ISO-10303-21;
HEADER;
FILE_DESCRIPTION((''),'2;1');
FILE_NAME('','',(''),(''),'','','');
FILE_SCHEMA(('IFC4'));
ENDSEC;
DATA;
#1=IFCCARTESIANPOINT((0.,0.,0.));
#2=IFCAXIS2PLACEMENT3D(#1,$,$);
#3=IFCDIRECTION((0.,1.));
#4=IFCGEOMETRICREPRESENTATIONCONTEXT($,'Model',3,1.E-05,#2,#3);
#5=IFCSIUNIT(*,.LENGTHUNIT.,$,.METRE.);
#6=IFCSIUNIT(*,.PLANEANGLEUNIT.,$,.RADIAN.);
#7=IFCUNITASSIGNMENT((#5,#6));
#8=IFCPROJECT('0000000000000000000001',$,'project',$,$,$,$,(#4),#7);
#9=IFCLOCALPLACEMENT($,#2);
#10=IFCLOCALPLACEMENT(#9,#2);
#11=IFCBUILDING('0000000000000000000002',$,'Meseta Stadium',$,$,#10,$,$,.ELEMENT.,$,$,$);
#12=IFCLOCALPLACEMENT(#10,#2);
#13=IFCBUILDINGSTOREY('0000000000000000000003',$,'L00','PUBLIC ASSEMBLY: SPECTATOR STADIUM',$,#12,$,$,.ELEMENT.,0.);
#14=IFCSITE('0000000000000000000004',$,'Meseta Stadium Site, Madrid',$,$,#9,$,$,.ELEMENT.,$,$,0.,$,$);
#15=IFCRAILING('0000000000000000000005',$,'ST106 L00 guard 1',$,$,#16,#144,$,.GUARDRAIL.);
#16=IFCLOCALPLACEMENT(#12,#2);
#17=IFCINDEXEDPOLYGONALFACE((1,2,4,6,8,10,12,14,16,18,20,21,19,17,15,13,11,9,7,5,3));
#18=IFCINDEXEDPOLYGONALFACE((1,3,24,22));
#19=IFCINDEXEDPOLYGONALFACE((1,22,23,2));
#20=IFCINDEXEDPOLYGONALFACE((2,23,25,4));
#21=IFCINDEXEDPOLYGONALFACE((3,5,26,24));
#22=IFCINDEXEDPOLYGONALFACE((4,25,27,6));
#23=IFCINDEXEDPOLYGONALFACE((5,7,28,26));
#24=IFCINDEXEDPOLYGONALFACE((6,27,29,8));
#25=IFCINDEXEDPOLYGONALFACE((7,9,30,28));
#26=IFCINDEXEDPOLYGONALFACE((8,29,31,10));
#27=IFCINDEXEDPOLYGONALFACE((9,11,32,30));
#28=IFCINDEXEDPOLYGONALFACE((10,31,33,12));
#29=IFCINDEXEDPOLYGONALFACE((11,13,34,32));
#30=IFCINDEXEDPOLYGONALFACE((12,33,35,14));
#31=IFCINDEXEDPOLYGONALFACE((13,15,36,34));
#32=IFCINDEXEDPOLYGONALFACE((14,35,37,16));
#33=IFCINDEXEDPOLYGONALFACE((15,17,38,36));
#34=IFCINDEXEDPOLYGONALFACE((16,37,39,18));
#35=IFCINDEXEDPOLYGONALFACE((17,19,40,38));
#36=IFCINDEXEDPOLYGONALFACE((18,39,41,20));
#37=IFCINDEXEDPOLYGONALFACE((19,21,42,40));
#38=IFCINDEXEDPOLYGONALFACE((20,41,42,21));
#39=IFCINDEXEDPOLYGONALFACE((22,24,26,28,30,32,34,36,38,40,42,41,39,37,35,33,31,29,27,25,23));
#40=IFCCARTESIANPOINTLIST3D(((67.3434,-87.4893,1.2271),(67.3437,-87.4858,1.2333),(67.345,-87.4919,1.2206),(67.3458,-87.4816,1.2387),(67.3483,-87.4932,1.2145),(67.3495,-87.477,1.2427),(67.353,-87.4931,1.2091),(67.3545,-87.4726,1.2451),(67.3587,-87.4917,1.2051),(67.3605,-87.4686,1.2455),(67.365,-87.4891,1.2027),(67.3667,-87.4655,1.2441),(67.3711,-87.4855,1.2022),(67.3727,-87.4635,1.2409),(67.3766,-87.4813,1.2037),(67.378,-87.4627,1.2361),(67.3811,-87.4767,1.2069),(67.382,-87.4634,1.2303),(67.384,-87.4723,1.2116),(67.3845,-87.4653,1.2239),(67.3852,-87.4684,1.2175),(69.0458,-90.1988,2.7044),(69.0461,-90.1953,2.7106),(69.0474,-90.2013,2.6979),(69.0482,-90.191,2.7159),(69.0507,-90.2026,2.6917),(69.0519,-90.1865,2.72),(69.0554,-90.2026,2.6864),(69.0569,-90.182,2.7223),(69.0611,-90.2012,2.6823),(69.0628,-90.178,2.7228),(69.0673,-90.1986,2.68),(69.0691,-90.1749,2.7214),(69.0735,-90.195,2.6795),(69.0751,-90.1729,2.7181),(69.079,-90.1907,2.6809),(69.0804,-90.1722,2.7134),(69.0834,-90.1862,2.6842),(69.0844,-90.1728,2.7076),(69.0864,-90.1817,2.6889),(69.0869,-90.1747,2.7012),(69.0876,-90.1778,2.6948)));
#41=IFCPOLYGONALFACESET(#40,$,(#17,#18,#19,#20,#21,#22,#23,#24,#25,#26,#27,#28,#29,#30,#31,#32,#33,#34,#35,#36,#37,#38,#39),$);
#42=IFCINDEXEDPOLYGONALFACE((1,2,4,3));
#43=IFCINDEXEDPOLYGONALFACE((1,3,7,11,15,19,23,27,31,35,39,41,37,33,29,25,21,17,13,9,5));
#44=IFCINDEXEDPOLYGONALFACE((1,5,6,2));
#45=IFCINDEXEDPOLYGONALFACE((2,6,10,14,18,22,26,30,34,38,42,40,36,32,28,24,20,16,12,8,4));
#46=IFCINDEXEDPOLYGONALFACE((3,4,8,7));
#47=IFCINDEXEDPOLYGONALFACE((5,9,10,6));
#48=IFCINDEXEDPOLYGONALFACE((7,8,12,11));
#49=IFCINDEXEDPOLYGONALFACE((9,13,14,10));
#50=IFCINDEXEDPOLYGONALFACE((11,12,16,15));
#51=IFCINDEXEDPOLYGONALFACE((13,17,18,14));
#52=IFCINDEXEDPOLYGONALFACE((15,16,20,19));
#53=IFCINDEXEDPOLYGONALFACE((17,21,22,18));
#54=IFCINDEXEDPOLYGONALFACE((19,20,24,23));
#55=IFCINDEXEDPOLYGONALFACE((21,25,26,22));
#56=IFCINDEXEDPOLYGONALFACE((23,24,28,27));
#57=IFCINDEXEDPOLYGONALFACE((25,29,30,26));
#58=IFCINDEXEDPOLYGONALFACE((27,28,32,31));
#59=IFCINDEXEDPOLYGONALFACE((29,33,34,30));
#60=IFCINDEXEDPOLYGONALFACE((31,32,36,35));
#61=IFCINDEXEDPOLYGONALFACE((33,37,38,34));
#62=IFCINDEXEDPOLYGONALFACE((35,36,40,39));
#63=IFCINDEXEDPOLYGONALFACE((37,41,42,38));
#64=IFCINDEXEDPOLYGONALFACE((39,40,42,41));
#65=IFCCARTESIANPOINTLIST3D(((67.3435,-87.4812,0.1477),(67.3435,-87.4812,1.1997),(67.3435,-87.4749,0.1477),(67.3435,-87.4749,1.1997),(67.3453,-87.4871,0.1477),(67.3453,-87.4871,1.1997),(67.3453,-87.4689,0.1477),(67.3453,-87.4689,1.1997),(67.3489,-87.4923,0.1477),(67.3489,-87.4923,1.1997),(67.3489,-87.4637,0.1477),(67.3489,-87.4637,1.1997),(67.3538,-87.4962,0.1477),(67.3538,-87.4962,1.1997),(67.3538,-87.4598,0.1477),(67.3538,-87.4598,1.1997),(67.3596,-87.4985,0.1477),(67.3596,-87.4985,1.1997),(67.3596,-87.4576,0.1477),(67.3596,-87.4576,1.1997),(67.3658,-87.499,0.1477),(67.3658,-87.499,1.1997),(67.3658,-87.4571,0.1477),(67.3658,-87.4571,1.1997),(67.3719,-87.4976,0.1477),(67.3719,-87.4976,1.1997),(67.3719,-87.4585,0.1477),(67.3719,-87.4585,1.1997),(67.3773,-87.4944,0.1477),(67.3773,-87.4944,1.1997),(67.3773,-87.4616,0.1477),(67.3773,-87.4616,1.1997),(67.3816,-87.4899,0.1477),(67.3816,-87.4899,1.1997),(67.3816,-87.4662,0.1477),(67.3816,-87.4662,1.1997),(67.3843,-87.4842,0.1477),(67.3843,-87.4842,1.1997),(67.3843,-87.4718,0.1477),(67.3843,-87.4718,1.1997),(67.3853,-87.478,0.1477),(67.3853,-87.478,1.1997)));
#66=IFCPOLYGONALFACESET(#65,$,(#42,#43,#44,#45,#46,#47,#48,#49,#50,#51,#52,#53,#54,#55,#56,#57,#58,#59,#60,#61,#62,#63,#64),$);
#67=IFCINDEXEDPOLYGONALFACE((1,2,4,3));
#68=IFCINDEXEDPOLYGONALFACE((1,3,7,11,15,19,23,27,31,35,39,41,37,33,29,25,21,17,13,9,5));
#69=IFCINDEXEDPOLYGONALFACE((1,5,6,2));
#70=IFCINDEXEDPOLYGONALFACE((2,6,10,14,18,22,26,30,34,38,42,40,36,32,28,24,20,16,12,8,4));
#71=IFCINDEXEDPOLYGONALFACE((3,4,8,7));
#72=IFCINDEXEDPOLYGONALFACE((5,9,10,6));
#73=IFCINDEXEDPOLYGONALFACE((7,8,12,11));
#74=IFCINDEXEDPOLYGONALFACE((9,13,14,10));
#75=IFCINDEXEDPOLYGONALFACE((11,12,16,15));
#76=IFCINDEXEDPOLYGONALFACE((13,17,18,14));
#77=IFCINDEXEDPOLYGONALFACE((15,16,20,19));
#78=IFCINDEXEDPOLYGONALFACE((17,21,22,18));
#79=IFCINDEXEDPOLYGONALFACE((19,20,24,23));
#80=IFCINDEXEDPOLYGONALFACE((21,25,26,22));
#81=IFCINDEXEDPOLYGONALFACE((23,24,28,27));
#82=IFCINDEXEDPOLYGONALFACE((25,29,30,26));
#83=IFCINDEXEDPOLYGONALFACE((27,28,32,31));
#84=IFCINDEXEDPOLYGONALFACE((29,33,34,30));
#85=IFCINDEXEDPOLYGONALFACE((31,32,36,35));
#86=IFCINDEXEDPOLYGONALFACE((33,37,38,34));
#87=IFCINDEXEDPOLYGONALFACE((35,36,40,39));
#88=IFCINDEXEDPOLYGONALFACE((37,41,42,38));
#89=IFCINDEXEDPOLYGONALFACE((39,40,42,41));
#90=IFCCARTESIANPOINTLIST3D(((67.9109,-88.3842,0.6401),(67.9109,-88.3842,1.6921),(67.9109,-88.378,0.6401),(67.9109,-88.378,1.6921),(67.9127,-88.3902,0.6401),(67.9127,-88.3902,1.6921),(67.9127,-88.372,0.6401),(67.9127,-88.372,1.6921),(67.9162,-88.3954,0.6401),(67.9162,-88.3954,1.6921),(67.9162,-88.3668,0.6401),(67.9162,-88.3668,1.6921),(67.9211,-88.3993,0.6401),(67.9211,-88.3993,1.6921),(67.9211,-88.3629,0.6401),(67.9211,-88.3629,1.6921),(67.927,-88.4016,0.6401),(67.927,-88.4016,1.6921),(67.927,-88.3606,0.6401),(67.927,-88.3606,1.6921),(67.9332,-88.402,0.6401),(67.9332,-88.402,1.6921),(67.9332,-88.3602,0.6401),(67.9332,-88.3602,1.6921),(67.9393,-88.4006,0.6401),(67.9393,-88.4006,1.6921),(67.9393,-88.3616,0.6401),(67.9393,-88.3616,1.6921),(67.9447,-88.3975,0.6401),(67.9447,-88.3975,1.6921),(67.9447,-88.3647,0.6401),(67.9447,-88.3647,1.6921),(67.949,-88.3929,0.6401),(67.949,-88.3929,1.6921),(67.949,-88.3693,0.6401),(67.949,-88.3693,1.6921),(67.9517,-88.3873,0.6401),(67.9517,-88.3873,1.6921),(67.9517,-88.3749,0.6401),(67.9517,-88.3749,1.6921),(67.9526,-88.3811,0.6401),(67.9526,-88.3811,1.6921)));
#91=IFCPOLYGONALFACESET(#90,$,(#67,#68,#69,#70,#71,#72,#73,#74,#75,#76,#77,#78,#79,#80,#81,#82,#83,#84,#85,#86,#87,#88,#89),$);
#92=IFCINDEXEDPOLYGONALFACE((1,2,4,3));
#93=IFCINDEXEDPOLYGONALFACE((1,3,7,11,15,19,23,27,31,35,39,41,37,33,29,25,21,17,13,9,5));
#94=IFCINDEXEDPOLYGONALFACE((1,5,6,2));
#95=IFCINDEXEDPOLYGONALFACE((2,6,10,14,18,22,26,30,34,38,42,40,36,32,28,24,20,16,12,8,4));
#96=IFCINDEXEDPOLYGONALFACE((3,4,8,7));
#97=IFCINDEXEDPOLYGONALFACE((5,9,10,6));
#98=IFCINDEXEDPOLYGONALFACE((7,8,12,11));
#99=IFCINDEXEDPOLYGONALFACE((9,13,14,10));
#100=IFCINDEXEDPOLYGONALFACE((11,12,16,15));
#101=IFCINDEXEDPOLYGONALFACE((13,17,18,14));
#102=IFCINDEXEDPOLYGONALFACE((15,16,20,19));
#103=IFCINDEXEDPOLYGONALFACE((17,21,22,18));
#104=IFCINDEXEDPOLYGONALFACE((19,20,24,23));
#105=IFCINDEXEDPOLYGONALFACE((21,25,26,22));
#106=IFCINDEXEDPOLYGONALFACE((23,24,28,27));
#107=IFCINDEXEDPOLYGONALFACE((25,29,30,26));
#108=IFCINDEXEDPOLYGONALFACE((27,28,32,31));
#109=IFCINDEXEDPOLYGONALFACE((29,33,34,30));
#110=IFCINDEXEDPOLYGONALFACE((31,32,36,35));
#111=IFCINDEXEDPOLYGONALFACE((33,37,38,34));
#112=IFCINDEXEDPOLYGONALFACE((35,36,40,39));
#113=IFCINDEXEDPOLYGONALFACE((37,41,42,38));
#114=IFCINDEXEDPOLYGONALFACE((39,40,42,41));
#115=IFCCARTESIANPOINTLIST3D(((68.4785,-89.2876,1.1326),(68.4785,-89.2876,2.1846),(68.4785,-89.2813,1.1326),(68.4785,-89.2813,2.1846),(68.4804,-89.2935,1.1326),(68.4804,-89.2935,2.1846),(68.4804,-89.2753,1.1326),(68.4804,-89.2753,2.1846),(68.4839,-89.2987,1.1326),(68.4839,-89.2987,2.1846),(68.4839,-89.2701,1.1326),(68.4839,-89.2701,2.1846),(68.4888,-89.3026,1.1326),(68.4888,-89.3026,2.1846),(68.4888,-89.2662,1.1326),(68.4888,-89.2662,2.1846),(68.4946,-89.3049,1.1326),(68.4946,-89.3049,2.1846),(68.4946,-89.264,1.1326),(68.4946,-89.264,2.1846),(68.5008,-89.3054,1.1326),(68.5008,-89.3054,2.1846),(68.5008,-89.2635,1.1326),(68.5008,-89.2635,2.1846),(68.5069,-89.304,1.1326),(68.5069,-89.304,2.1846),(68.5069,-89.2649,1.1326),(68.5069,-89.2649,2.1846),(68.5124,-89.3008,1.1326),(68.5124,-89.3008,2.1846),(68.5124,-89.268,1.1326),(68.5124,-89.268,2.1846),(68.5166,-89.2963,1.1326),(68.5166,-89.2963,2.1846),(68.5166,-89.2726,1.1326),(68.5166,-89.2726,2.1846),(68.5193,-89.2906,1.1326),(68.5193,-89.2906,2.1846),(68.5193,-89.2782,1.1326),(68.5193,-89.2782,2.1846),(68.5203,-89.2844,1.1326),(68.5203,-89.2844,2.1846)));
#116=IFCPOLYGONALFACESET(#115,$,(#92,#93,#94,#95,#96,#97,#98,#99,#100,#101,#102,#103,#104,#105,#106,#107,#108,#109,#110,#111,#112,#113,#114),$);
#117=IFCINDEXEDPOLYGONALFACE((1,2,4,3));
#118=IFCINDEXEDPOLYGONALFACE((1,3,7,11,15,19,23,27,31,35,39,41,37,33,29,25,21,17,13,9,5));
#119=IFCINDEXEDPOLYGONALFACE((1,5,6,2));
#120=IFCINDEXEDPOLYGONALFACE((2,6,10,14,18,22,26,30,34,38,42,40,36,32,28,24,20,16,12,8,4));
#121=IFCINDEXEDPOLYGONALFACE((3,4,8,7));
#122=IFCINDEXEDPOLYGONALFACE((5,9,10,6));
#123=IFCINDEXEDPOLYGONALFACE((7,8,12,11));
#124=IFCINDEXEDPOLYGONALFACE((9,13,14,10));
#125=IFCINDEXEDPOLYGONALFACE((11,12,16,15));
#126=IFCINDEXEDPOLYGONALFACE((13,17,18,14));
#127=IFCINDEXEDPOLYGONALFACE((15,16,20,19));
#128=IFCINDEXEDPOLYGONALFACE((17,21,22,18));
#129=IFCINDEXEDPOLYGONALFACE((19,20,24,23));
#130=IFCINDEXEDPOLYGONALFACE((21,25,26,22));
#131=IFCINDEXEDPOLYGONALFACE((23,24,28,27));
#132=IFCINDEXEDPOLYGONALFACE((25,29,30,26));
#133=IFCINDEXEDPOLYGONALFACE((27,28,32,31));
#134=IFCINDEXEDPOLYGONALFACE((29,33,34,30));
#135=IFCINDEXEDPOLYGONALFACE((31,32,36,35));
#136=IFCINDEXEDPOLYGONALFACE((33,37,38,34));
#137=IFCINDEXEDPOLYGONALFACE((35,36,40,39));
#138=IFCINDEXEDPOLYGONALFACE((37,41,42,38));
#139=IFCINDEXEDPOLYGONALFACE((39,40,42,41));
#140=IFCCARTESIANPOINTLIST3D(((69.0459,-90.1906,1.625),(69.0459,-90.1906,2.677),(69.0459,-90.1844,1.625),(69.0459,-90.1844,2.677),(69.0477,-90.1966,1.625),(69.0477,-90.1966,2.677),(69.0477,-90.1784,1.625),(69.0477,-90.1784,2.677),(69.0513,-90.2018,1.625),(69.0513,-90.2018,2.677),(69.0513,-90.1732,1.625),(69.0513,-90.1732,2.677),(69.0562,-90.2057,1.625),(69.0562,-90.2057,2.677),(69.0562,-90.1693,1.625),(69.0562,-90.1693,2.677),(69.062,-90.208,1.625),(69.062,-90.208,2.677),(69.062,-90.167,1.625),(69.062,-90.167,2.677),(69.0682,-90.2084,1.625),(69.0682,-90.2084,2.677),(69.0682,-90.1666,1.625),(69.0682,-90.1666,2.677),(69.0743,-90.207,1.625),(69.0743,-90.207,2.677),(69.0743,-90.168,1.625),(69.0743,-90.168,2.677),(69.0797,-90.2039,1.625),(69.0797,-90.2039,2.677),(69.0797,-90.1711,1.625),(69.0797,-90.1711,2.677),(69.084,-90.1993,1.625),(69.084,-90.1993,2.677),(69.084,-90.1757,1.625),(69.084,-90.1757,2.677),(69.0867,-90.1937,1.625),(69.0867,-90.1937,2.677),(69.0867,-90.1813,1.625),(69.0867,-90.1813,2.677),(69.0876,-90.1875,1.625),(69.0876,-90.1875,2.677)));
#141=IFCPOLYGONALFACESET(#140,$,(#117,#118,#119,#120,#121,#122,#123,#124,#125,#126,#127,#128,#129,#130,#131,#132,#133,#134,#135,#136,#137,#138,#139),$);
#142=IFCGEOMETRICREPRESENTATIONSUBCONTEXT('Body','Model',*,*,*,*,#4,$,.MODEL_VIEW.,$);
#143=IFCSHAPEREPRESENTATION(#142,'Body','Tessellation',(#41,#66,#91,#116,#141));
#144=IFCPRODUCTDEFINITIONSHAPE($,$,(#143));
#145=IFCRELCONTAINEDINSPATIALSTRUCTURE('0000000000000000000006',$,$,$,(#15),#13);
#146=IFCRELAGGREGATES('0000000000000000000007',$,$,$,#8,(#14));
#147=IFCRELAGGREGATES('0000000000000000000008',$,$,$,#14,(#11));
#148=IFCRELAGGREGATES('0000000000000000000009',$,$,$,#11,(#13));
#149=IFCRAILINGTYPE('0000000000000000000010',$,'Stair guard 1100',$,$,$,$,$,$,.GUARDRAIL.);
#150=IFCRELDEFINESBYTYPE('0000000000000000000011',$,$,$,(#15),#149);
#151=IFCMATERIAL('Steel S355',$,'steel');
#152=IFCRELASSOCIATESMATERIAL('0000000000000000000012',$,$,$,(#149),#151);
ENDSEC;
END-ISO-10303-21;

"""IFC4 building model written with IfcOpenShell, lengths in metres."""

from ifc_helpers import new_model, si_unit, direction, frame, origin, origin_2d, place, context, subcontext, project, spatial, circle, extrude, material, type_object, element, save


model = new_model("IFC4")

# Units and contexts
model_context = context("Model", 3, precision=1e-05, world=origin(), true_north=direction((0.0, 1.0)))
body_context = subcontext(model_context, "Body", "Model", "MODEL_VIEW")
ifc_project = project(units=[si_unit("LENGTHUNIT", "METRE"), si_unit("PLANEANGLEUNIT", "RADIAN")], contexts=[model_context])

# Site, building, storey
site_placement = place(None, origin())
site = spatial("IfcSite", under=ifc_project, at=site_placement, Name="Meseta Stadium Site, Madrid", CompositionType="ELEMENT", RefElevation=0.0)
building_placement = place(site_placement, origin())
building = spatial("IfcBuilding", under=site, at=building_placement, Name="Meseta Stadium", CompositionType="ELEMENT")
storey_placement = place(building_placement, origin())
storey = spatial("IfcBuildingStorey", under=building, at=storey_placement, Name="L00", Description="PUBLIC ASSEMBLY: SPECTATOR STADIUM", CompositionType="ELEMENT", Elevation=0.0)

# Railing
ifc_material_1 = material(Name="Steel S355", Category="steel")
railing_type_1 = type_object("IfcRailingType", Name="Stair guard 1100", PredefinedType="GUARDRAIL", material=ifc_material_1)
railing_1_placement = place(storey_placement, frame((67.3643, -87.478, 0.1477)))
element("IfcRailing", 1, at=railing_1_placement, inside=storey, type_object=railing_type_1, Name="ST106 L00 guard 1", PredefinedType="GUARDRAIL", context=body_context, shape_type="SweptSolid", body=[
    extrude(circle(Radius=0.0239, at=origin_2d()), frame((0.0, 0.0, 1.0762), z_axis=(0.483023, -0.768764, 0.419156), x_axis=(0.846736, 0.532014, 0.0)), (0.0, 0.0, 1.0), 3.5244),
    extrude(circle(Radius=0.021, at=origin_2d()), origin(), (0.0, 0.0, 1.0), 1.052),
    extrude(circle(Radius=0.021, at=origin_2d()), frame((0.5674, -0.9031, 0.4924)), (0.0, 0.0, 1.0), 1.052),
    extrude(circle(Radius=0.021, at=origin_2d()), frame((1.135, -1.8064, 0.9849)), (0.0, 0.0, 1.0), 1.052),
    extrude(circle(Radius=0.021, at=origin_2d()), frame((1.7024, -2.7095, 1.4773)), (0.0, 0.0, 1.0), 1.052),
])

save(model, "model.ifc")
